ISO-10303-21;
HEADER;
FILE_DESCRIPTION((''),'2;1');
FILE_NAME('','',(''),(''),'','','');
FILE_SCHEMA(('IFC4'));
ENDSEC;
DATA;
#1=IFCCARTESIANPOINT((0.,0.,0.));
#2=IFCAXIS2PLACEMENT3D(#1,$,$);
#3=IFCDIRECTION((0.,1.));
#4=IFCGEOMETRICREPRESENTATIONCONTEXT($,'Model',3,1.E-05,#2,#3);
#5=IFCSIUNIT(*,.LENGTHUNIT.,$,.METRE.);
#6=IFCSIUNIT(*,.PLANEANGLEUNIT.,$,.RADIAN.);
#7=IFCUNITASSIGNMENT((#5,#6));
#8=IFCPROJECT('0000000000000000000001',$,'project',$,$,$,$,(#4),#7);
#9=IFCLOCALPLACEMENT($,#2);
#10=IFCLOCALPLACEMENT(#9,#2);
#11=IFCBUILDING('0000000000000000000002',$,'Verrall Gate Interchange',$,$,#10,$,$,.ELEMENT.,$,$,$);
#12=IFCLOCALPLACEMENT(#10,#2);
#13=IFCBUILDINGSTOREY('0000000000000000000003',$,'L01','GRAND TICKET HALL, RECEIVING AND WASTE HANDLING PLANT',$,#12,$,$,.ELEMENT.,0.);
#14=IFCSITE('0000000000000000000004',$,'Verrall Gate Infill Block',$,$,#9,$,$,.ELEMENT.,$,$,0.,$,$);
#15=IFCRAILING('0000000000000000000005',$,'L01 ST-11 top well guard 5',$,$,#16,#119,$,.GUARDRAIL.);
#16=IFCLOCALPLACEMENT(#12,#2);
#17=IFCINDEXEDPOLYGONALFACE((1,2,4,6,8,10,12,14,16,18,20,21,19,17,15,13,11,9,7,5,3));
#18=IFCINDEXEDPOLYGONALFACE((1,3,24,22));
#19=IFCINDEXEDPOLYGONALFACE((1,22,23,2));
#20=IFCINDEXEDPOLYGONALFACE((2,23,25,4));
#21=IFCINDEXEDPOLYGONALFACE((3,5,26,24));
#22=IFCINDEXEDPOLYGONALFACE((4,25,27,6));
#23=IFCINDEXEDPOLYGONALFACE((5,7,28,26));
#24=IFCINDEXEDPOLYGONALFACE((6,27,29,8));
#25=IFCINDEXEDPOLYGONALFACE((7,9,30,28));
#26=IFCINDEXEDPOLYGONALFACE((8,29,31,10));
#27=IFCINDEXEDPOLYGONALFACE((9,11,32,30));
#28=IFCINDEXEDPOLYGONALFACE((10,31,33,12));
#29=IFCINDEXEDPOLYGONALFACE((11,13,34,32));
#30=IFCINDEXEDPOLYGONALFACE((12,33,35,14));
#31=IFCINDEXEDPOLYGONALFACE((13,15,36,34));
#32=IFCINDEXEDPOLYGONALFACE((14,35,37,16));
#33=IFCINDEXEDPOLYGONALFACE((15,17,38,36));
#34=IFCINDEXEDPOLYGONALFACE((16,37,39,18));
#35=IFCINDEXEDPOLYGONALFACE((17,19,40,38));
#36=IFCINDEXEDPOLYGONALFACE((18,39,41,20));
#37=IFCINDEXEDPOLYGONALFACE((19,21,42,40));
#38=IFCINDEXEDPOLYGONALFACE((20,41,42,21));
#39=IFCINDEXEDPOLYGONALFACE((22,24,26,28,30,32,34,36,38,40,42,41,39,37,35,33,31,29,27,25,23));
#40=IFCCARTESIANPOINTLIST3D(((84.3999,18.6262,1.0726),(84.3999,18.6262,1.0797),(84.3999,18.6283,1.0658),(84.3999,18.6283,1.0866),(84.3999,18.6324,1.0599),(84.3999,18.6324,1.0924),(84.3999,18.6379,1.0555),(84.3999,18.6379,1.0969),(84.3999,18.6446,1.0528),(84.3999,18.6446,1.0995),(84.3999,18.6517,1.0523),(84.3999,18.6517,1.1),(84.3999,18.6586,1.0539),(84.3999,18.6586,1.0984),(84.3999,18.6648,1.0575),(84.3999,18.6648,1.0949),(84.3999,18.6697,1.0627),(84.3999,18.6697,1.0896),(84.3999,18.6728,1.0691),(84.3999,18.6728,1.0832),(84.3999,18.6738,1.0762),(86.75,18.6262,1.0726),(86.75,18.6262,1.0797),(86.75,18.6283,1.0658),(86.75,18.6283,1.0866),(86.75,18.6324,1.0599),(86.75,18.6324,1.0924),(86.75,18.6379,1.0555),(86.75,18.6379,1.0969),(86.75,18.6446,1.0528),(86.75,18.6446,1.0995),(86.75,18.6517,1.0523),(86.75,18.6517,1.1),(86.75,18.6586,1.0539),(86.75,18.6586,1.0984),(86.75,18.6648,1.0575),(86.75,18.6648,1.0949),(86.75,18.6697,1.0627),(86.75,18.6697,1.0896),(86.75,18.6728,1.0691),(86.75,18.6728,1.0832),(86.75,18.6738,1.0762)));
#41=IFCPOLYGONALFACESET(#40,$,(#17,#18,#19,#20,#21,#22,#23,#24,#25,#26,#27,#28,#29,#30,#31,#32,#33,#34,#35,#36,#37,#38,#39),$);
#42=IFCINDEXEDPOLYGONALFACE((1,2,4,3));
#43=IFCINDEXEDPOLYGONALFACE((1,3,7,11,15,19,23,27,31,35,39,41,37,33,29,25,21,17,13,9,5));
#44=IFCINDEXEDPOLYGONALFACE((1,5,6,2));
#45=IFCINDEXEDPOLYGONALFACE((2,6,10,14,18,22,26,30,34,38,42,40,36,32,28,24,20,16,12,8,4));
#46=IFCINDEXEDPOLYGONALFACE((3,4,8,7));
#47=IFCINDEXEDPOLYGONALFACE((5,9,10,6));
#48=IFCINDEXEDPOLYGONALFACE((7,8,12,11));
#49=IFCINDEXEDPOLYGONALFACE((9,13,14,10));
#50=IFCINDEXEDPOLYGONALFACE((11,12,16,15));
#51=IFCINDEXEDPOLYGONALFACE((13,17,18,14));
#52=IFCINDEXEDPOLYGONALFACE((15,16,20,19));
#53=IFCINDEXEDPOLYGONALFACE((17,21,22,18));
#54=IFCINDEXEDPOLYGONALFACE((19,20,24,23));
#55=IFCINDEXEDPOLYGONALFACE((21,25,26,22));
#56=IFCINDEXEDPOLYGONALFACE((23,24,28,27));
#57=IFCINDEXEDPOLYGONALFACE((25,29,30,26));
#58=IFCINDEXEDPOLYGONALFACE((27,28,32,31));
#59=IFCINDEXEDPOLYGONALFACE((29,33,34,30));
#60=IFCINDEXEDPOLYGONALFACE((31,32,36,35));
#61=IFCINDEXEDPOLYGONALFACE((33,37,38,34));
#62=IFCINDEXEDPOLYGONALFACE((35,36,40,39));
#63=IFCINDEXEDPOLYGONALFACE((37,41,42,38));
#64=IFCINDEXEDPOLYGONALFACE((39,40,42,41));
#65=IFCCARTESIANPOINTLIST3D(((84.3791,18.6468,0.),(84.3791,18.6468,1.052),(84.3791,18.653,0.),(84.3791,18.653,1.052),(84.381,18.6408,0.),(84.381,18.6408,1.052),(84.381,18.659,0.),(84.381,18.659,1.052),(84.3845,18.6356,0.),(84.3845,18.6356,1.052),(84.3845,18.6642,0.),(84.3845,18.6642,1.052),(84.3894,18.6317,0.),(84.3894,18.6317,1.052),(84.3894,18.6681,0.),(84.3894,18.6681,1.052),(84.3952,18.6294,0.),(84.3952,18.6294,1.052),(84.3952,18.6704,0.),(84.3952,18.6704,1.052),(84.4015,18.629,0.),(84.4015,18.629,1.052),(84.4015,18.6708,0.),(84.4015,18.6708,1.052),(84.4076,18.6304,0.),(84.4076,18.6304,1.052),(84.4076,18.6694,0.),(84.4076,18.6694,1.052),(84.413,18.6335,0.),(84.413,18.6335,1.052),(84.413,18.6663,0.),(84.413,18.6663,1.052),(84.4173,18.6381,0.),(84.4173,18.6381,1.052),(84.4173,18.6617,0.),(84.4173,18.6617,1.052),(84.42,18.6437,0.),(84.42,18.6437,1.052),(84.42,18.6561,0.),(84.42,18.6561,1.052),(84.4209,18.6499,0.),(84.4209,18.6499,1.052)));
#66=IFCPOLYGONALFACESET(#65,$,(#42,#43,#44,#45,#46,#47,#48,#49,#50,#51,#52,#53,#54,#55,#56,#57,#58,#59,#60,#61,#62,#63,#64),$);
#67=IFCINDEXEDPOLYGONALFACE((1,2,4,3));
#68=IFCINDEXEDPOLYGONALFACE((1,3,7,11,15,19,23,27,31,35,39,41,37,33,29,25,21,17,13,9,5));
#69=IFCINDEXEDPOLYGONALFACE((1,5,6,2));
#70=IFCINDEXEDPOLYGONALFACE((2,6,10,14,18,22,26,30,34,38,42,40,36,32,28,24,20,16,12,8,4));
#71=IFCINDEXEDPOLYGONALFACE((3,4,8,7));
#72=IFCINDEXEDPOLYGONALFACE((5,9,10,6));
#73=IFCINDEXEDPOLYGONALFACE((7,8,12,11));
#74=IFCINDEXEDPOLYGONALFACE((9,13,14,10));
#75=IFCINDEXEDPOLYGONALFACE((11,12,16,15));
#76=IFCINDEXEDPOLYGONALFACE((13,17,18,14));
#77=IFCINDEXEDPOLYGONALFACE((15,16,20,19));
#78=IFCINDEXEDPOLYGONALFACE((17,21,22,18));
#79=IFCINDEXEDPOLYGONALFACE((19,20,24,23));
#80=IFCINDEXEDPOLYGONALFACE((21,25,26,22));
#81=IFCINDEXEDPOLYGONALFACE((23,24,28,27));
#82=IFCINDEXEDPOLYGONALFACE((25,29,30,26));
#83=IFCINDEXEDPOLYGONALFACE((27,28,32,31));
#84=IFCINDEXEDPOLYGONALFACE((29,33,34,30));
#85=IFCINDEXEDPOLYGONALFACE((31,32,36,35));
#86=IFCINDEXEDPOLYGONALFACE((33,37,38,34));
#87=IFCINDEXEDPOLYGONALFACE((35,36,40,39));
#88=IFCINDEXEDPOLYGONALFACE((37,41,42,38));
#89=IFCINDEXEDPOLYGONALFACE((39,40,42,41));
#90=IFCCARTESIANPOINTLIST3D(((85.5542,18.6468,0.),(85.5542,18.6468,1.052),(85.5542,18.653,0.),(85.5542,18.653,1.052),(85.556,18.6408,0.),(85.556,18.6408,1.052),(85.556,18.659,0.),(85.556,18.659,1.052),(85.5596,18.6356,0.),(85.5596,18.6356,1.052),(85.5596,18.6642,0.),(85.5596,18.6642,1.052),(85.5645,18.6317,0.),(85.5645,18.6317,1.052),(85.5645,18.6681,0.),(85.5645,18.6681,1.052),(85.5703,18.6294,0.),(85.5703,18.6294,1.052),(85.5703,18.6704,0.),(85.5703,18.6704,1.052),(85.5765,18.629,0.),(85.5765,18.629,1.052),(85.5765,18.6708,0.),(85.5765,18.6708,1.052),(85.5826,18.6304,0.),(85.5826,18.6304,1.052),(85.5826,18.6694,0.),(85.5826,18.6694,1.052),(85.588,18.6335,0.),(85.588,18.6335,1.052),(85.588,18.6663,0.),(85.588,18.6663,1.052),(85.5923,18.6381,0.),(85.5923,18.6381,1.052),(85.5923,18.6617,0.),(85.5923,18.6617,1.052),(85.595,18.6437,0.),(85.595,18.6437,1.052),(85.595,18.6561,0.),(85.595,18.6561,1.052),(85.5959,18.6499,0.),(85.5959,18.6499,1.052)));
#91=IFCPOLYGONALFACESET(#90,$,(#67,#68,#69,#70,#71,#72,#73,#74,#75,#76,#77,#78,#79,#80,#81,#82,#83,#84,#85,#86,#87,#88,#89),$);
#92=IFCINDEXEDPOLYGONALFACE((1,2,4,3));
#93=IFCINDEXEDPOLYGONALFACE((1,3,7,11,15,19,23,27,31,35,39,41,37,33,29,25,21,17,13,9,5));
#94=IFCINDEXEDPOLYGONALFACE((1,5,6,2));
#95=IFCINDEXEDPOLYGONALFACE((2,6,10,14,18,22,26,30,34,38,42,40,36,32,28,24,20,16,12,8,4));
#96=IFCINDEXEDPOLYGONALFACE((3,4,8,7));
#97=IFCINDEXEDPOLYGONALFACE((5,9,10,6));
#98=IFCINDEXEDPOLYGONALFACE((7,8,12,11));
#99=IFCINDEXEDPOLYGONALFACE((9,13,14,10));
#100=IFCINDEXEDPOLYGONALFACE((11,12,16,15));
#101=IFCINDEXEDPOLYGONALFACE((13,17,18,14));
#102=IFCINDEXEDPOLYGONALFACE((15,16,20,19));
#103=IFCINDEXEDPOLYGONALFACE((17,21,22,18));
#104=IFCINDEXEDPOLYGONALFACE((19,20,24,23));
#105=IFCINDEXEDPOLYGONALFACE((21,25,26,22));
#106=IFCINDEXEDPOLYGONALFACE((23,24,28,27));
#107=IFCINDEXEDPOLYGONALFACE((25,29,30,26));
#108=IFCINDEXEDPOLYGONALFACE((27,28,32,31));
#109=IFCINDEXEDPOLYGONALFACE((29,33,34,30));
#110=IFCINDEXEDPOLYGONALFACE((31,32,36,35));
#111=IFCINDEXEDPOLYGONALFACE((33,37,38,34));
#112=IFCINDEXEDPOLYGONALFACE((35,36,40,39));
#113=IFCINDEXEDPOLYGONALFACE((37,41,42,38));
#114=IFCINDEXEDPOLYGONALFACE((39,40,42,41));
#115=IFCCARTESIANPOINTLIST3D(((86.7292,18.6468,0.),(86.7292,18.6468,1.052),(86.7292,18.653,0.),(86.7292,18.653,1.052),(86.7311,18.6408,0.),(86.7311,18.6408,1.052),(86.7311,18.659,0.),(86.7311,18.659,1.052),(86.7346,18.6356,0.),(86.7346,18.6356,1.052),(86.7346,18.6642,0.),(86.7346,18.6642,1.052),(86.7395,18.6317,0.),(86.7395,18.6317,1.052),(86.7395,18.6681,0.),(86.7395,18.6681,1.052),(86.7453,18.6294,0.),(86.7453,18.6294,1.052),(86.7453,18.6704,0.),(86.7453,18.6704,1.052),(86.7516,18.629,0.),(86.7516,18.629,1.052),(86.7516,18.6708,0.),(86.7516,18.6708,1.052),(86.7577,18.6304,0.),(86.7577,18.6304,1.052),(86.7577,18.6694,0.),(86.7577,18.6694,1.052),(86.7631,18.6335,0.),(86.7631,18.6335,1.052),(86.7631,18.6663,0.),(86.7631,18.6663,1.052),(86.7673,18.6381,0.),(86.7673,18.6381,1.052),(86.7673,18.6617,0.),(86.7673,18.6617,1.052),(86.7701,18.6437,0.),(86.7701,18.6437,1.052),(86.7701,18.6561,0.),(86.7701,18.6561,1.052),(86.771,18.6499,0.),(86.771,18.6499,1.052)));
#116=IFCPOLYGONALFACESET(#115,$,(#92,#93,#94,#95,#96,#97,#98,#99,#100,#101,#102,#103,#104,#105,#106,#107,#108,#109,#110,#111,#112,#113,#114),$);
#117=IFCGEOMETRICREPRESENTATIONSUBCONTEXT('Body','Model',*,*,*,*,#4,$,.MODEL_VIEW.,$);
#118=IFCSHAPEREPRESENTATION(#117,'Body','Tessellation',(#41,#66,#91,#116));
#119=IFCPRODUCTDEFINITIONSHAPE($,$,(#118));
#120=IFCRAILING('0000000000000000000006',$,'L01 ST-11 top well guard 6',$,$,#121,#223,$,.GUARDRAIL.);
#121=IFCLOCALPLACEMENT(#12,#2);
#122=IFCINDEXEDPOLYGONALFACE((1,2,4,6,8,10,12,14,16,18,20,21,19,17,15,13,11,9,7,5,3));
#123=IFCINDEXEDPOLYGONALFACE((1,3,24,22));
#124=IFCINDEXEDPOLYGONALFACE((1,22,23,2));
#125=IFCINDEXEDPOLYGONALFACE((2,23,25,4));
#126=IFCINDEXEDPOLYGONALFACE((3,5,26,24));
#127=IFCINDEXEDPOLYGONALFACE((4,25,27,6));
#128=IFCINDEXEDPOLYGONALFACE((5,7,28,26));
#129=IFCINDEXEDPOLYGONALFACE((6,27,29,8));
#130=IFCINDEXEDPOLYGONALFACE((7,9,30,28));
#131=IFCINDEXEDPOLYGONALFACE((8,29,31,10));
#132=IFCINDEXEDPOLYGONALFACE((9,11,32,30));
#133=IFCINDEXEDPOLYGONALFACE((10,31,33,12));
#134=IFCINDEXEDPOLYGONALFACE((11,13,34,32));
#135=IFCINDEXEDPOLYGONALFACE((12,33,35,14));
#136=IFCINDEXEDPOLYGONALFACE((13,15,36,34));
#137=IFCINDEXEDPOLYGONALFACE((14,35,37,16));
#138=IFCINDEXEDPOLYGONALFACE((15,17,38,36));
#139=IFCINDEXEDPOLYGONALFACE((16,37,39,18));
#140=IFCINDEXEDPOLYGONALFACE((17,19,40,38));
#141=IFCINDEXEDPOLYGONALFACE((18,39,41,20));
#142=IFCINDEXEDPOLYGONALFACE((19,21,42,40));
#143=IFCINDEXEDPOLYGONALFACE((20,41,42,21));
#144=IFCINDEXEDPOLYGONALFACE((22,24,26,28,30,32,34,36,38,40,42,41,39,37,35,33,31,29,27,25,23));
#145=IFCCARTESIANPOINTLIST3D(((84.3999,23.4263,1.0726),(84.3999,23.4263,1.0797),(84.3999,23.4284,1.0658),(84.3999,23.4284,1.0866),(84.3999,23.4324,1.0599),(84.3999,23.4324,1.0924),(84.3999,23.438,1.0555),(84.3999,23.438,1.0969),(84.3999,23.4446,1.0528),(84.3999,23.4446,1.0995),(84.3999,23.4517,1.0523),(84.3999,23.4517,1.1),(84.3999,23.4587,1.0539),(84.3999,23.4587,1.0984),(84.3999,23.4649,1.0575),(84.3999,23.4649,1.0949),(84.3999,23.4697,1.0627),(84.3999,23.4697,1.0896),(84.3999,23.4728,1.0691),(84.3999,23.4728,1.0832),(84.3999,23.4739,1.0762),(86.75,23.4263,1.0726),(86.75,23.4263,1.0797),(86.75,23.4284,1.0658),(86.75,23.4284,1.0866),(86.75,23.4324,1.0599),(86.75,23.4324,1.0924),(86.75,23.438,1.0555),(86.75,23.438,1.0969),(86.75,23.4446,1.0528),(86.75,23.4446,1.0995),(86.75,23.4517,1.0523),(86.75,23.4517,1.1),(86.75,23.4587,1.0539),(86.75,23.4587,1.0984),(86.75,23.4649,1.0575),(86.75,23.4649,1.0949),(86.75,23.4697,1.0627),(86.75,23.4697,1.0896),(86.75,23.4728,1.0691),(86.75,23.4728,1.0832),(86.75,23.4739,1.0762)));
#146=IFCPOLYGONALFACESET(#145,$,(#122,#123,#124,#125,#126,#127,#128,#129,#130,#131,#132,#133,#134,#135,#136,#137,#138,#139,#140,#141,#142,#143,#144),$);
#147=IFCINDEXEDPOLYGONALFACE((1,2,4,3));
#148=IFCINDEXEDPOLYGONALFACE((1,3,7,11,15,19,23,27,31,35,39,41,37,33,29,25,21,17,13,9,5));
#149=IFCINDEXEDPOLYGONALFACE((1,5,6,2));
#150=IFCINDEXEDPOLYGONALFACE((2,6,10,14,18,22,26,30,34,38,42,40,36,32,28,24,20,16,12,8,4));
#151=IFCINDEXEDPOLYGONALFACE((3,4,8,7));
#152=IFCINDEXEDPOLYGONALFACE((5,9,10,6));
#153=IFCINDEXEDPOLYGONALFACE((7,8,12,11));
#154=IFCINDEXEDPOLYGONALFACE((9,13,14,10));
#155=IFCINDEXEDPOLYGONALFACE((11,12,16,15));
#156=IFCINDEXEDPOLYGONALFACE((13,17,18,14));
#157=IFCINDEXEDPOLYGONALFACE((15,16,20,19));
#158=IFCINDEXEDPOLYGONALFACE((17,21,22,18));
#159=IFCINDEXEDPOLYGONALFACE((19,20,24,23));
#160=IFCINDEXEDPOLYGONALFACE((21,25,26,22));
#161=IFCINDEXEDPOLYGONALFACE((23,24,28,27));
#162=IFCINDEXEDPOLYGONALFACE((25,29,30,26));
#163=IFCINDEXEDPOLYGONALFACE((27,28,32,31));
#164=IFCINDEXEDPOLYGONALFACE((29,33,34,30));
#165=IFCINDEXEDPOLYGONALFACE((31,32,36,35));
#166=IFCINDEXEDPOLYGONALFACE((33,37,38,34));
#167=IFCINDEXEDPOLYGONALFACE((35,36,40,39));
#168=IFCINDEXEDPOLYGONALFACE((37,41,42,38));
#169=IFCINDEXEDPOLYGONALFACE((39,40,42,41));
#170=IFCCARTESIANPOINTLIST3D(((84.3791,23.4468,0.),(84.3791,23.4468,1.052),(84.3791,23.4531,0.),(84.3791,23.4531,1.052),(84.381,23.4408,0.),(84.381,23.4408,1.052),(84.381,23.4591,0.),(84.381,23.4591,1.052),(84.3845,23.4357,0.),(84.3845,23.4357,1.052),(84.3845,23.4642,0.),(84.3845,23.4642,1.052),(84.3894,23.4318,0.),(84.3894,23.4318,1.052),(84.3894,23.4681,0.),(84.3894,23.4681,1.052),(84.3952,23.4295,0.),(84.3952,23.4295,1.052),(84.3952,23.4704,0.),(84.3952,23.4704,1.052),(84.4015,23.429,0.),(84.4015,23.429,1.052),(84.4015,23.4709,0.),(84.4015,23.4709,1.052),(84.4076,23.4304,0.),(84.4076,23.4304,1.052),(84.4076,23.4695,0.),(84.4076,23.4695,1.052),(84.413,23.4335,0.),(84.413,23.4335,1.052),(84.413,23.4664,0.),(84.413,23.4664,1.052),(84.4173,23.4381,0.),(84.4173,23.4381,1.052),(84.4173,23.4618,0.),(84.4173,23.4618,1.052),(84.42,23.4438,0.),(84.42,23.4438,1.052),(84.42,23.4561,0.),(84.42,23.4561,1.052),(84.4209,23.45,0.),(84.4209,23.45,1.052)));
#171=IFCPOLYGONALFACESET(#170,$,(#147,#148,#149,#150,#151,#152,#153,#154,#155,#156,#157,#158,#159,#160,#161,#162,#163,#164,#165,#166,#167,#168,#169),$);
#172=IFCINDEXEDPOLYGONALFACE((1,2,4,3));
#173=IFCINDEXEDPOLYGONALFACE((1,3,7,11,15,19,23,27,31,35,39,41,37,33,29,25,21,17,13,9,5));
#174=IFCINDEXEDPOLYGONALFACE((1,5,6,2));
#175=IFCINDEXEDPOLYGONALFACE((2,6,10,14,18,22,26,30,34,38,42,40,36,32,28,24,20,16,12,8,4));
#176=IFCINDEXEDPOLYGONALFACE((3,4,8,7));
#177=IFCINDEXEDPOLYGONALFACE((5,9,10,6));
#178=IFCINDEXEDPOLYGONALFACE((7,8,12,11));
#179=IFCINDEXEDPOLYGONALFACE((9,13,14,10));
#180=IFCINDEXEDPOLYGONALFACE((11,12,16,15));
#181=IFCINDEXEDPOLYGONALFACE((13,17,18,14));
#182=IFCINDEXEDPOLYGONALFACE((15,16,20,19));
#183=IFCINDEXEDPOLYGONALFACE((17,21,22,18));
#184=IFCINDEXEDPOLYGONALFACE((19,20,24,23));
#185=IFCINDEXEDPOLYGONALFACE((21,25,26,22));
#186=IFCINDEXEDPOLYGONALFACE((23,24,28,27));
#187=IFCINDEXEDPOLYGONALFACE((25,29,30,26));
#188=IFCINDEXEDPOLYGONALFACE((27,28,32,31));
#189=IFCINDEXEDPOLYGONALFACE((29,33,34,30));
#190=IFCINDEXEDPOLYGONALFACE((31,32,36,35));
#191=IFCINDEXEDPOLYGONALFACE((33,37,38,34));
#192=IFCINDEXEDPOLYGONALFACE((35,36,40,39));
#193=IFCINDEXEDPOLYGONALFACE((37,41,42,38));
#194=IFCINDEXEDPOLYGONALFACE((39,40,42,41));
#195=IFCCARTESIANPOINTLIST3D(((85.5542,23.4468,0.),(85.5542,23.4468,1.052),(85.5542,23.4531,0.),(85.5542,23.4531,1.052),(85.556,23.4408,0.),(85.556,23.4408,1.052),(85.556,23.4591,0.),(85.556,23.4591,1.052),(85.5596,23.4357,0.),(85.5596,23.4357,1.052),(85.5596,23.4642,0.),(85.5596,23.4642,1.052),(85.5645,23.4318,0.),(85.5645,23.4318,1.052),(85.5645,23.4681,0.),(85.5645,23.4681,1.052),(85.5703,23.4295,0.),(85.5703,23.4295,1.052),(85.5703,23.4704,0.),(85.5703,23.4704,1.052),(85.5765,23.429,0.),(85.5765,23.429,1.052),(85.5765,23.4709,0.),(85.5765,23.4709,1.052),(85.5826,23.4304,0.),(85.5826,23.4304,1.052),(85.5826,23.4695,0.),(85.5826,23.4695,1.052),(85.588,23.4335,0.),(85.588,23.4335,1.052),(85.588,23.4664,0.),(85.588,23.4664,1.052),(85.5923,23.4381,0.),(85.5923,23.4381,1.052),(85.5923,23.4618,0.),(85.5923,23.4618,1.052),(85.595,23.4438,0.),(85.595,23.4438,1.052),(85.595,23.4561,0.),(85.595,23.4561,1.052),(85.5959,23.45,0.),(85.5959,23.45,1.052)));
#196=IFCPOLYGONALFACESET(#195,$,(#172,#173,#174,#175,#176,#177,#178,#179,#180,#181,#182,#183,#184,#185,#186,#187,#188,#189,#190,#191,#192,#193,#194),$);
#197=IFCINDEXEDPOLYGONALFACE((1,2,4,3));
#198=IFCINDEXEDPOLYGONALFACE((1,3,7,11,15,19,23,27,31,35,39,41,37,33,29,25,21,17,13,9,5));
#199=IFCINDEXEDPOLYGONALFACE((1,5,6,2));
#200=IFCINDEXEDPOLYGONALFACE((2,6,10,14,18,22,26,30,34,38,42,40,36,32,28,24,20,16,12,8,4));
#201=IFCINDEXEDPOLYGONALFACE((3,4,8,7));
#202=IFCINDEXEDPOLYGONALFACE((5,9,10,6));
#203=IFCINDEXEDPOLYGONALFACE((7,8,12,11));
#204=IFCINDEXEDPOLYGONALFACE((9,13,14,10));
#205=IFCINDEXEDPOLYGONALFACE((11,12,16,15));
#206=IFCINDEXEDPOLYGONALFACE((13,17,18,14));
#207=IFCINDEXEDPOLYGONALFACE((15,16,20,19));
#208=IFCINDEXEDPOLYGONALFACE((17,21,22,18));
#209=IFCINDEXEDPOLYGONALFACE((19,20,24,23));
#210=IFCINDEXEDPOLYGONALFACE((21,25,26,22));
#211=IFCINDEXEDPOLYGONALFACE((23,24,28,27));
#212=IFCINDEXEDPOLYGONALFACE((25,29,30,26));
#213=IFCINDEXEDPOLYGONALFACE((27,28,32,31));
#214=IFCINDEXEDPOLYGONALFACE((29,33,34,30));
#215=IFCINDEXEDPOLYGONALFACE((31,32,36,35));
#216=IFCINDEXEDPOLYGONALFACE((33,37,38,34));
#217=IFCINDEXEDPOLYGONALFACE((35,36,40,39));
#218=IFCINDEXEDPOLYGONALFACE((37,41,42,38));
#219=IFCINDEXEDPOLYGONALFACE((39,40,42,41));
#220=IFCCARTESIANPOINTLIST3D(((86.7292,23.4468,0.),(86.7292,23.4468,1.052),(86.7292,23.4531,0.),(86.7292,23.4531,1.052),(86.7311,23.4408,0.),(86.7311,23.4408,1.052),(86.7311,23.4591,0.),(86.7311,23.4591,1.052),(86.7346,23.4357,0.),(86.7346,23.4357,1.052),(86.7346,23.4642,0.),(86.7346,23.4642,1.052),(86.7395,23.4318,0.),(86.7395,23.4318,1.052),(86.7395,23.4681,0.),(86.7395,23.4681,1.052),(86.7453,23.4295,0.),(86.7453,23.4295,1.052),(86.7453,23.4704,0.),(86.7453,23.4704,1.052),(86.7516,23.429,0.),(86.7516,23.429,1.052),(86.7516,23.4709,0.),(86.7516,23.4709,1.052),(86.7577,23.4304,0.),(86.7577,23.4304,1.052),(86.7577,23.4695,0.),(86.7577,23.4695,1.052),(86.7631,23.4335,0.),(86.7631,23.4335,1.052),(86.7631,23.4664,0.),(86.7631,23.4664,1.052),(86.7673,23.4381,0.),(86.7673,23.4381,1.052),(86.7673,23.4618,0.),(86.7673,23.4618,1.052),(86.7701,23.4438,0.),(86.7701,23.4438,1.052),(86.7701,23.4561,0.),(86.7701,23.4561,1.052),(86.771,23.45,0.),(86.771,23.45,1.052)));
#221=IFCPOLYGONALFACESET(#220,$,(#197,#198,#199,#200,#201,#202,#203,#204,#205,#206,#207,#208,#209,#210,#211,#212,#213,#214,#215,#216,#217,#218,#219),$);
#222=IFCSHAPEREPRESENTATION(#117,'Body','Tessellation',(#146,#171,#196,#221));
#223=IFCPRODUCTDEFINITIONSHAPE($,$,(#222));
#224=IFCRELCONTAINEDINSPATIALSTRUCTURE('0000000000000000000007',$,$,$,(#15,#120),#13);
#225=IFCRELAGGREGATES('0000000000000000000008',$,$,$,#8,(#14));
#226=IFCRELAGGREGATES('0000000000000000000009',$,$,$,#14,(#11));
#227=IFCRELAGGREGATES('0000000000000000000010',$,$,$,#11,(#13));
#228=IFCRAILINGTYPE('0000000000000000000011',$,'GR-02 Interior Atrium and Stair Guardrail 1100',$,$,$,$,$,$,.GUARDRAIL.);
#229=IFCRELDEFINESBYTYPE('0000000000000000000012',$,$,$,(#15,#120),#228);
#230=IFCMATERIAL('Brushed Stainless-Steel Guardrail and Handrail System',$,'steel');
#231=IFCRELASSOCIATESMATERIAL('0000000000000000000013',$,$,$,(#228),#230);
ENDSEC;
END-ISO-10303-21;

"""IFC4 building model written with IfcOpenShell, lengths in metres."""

from ifc_helpers import new_model, si_unit, direction, frame, origin, origin_2d, place, context, subcontext, project, spatial, circle, extrude, material, type_object, element, save


model = new_model("IFC4")

# Units and contexts
model_context = context("Model", 3, precision=1e-05, world=origin(), true_north=direction((0.0, 1.0)))
body_context = subcontext(model_context, "Body", "Model", "MODEL_VIEW")
ifc_project = project(units=[si_unit("LENGTHUNIT", "METRE"), si_unit("PLANEANGLEUNIT", "RADIAN")], contexts=[model_context])

# Site, building, storey
site_placement = place(None, origin())
site = spatial("IfcSite", under=ifc_project, at=site_placement, Name="Verrall Gate Infill Block", CompositionType="ELEMENT", RefElevation=0.0)
building_placement = place(site_placement, origin())
building = spatial("IfcBuilding", under=site, at=building_placement, Name="Verrall Gate Interchange", CompositionType="ELEMENT")
storey_placement = place(building_placement, origin())
storey = spatial("IfcBuildingStorey", under=building, at=storey_placement, Name="L01", Description="GRAND TICKET HALL, RECEIVING AND WASTE HANDLING PLANT", CompositionType="ELEMENT", Elevation=0.0)

# Railings
ifc_material_1 = material(Name="Brushed Stainless-Steel Guardrail and Handrail System", Category="steel")
railing_type = type_object("IfcRailingType", Name="GR-02 Interior Atrium and Stair Guardrail 1100", PredefinedType="GUARDRAIL", material=ifc_material_1)
for number, where, name in (
    (1, (84.3999, 18.6499, 0.0), "L01 ST-11 top well guard 5"),
    (2, (84.3999, 23.45, 0.0), "L01 ST-11 top well guard 6"),
):
    element("IfcRailing", number, at=place(storey_placement, frame(where)), inside=storey, type_object=railing_type, Name=name, PredefinedType="GUARDRAIL", context=body_context, shape_type="SweptSolid", body=[
        extrude(circle(Radius=0.0239, at=origin_2d()), frame((0.0, 0.0, 1.0762), z_axis=(1.0, 0.0, 0.0), x_axis=(0.0, 1.0, 0.0)), (0.0, 0.0, 1.0), 2.3501),
        extrude(circle(Radius=0.021, at=origin_2d()), origin(), (0.0, 0.0, 1.0), 1.052),
        extrude(circle(Radius=0.021, at=origin_2d()), frame((1.175, 0.0, 0.0)), (0.0, 0.0, 1.0), 1.052),
        extrude(circle(Radius=0.021, at=origin_2d()), frame((2.3501, 0.0, 0.0)), (0.0, 0.0, 1.0), 1.052),
    ])

save(model, "model.ifc")
